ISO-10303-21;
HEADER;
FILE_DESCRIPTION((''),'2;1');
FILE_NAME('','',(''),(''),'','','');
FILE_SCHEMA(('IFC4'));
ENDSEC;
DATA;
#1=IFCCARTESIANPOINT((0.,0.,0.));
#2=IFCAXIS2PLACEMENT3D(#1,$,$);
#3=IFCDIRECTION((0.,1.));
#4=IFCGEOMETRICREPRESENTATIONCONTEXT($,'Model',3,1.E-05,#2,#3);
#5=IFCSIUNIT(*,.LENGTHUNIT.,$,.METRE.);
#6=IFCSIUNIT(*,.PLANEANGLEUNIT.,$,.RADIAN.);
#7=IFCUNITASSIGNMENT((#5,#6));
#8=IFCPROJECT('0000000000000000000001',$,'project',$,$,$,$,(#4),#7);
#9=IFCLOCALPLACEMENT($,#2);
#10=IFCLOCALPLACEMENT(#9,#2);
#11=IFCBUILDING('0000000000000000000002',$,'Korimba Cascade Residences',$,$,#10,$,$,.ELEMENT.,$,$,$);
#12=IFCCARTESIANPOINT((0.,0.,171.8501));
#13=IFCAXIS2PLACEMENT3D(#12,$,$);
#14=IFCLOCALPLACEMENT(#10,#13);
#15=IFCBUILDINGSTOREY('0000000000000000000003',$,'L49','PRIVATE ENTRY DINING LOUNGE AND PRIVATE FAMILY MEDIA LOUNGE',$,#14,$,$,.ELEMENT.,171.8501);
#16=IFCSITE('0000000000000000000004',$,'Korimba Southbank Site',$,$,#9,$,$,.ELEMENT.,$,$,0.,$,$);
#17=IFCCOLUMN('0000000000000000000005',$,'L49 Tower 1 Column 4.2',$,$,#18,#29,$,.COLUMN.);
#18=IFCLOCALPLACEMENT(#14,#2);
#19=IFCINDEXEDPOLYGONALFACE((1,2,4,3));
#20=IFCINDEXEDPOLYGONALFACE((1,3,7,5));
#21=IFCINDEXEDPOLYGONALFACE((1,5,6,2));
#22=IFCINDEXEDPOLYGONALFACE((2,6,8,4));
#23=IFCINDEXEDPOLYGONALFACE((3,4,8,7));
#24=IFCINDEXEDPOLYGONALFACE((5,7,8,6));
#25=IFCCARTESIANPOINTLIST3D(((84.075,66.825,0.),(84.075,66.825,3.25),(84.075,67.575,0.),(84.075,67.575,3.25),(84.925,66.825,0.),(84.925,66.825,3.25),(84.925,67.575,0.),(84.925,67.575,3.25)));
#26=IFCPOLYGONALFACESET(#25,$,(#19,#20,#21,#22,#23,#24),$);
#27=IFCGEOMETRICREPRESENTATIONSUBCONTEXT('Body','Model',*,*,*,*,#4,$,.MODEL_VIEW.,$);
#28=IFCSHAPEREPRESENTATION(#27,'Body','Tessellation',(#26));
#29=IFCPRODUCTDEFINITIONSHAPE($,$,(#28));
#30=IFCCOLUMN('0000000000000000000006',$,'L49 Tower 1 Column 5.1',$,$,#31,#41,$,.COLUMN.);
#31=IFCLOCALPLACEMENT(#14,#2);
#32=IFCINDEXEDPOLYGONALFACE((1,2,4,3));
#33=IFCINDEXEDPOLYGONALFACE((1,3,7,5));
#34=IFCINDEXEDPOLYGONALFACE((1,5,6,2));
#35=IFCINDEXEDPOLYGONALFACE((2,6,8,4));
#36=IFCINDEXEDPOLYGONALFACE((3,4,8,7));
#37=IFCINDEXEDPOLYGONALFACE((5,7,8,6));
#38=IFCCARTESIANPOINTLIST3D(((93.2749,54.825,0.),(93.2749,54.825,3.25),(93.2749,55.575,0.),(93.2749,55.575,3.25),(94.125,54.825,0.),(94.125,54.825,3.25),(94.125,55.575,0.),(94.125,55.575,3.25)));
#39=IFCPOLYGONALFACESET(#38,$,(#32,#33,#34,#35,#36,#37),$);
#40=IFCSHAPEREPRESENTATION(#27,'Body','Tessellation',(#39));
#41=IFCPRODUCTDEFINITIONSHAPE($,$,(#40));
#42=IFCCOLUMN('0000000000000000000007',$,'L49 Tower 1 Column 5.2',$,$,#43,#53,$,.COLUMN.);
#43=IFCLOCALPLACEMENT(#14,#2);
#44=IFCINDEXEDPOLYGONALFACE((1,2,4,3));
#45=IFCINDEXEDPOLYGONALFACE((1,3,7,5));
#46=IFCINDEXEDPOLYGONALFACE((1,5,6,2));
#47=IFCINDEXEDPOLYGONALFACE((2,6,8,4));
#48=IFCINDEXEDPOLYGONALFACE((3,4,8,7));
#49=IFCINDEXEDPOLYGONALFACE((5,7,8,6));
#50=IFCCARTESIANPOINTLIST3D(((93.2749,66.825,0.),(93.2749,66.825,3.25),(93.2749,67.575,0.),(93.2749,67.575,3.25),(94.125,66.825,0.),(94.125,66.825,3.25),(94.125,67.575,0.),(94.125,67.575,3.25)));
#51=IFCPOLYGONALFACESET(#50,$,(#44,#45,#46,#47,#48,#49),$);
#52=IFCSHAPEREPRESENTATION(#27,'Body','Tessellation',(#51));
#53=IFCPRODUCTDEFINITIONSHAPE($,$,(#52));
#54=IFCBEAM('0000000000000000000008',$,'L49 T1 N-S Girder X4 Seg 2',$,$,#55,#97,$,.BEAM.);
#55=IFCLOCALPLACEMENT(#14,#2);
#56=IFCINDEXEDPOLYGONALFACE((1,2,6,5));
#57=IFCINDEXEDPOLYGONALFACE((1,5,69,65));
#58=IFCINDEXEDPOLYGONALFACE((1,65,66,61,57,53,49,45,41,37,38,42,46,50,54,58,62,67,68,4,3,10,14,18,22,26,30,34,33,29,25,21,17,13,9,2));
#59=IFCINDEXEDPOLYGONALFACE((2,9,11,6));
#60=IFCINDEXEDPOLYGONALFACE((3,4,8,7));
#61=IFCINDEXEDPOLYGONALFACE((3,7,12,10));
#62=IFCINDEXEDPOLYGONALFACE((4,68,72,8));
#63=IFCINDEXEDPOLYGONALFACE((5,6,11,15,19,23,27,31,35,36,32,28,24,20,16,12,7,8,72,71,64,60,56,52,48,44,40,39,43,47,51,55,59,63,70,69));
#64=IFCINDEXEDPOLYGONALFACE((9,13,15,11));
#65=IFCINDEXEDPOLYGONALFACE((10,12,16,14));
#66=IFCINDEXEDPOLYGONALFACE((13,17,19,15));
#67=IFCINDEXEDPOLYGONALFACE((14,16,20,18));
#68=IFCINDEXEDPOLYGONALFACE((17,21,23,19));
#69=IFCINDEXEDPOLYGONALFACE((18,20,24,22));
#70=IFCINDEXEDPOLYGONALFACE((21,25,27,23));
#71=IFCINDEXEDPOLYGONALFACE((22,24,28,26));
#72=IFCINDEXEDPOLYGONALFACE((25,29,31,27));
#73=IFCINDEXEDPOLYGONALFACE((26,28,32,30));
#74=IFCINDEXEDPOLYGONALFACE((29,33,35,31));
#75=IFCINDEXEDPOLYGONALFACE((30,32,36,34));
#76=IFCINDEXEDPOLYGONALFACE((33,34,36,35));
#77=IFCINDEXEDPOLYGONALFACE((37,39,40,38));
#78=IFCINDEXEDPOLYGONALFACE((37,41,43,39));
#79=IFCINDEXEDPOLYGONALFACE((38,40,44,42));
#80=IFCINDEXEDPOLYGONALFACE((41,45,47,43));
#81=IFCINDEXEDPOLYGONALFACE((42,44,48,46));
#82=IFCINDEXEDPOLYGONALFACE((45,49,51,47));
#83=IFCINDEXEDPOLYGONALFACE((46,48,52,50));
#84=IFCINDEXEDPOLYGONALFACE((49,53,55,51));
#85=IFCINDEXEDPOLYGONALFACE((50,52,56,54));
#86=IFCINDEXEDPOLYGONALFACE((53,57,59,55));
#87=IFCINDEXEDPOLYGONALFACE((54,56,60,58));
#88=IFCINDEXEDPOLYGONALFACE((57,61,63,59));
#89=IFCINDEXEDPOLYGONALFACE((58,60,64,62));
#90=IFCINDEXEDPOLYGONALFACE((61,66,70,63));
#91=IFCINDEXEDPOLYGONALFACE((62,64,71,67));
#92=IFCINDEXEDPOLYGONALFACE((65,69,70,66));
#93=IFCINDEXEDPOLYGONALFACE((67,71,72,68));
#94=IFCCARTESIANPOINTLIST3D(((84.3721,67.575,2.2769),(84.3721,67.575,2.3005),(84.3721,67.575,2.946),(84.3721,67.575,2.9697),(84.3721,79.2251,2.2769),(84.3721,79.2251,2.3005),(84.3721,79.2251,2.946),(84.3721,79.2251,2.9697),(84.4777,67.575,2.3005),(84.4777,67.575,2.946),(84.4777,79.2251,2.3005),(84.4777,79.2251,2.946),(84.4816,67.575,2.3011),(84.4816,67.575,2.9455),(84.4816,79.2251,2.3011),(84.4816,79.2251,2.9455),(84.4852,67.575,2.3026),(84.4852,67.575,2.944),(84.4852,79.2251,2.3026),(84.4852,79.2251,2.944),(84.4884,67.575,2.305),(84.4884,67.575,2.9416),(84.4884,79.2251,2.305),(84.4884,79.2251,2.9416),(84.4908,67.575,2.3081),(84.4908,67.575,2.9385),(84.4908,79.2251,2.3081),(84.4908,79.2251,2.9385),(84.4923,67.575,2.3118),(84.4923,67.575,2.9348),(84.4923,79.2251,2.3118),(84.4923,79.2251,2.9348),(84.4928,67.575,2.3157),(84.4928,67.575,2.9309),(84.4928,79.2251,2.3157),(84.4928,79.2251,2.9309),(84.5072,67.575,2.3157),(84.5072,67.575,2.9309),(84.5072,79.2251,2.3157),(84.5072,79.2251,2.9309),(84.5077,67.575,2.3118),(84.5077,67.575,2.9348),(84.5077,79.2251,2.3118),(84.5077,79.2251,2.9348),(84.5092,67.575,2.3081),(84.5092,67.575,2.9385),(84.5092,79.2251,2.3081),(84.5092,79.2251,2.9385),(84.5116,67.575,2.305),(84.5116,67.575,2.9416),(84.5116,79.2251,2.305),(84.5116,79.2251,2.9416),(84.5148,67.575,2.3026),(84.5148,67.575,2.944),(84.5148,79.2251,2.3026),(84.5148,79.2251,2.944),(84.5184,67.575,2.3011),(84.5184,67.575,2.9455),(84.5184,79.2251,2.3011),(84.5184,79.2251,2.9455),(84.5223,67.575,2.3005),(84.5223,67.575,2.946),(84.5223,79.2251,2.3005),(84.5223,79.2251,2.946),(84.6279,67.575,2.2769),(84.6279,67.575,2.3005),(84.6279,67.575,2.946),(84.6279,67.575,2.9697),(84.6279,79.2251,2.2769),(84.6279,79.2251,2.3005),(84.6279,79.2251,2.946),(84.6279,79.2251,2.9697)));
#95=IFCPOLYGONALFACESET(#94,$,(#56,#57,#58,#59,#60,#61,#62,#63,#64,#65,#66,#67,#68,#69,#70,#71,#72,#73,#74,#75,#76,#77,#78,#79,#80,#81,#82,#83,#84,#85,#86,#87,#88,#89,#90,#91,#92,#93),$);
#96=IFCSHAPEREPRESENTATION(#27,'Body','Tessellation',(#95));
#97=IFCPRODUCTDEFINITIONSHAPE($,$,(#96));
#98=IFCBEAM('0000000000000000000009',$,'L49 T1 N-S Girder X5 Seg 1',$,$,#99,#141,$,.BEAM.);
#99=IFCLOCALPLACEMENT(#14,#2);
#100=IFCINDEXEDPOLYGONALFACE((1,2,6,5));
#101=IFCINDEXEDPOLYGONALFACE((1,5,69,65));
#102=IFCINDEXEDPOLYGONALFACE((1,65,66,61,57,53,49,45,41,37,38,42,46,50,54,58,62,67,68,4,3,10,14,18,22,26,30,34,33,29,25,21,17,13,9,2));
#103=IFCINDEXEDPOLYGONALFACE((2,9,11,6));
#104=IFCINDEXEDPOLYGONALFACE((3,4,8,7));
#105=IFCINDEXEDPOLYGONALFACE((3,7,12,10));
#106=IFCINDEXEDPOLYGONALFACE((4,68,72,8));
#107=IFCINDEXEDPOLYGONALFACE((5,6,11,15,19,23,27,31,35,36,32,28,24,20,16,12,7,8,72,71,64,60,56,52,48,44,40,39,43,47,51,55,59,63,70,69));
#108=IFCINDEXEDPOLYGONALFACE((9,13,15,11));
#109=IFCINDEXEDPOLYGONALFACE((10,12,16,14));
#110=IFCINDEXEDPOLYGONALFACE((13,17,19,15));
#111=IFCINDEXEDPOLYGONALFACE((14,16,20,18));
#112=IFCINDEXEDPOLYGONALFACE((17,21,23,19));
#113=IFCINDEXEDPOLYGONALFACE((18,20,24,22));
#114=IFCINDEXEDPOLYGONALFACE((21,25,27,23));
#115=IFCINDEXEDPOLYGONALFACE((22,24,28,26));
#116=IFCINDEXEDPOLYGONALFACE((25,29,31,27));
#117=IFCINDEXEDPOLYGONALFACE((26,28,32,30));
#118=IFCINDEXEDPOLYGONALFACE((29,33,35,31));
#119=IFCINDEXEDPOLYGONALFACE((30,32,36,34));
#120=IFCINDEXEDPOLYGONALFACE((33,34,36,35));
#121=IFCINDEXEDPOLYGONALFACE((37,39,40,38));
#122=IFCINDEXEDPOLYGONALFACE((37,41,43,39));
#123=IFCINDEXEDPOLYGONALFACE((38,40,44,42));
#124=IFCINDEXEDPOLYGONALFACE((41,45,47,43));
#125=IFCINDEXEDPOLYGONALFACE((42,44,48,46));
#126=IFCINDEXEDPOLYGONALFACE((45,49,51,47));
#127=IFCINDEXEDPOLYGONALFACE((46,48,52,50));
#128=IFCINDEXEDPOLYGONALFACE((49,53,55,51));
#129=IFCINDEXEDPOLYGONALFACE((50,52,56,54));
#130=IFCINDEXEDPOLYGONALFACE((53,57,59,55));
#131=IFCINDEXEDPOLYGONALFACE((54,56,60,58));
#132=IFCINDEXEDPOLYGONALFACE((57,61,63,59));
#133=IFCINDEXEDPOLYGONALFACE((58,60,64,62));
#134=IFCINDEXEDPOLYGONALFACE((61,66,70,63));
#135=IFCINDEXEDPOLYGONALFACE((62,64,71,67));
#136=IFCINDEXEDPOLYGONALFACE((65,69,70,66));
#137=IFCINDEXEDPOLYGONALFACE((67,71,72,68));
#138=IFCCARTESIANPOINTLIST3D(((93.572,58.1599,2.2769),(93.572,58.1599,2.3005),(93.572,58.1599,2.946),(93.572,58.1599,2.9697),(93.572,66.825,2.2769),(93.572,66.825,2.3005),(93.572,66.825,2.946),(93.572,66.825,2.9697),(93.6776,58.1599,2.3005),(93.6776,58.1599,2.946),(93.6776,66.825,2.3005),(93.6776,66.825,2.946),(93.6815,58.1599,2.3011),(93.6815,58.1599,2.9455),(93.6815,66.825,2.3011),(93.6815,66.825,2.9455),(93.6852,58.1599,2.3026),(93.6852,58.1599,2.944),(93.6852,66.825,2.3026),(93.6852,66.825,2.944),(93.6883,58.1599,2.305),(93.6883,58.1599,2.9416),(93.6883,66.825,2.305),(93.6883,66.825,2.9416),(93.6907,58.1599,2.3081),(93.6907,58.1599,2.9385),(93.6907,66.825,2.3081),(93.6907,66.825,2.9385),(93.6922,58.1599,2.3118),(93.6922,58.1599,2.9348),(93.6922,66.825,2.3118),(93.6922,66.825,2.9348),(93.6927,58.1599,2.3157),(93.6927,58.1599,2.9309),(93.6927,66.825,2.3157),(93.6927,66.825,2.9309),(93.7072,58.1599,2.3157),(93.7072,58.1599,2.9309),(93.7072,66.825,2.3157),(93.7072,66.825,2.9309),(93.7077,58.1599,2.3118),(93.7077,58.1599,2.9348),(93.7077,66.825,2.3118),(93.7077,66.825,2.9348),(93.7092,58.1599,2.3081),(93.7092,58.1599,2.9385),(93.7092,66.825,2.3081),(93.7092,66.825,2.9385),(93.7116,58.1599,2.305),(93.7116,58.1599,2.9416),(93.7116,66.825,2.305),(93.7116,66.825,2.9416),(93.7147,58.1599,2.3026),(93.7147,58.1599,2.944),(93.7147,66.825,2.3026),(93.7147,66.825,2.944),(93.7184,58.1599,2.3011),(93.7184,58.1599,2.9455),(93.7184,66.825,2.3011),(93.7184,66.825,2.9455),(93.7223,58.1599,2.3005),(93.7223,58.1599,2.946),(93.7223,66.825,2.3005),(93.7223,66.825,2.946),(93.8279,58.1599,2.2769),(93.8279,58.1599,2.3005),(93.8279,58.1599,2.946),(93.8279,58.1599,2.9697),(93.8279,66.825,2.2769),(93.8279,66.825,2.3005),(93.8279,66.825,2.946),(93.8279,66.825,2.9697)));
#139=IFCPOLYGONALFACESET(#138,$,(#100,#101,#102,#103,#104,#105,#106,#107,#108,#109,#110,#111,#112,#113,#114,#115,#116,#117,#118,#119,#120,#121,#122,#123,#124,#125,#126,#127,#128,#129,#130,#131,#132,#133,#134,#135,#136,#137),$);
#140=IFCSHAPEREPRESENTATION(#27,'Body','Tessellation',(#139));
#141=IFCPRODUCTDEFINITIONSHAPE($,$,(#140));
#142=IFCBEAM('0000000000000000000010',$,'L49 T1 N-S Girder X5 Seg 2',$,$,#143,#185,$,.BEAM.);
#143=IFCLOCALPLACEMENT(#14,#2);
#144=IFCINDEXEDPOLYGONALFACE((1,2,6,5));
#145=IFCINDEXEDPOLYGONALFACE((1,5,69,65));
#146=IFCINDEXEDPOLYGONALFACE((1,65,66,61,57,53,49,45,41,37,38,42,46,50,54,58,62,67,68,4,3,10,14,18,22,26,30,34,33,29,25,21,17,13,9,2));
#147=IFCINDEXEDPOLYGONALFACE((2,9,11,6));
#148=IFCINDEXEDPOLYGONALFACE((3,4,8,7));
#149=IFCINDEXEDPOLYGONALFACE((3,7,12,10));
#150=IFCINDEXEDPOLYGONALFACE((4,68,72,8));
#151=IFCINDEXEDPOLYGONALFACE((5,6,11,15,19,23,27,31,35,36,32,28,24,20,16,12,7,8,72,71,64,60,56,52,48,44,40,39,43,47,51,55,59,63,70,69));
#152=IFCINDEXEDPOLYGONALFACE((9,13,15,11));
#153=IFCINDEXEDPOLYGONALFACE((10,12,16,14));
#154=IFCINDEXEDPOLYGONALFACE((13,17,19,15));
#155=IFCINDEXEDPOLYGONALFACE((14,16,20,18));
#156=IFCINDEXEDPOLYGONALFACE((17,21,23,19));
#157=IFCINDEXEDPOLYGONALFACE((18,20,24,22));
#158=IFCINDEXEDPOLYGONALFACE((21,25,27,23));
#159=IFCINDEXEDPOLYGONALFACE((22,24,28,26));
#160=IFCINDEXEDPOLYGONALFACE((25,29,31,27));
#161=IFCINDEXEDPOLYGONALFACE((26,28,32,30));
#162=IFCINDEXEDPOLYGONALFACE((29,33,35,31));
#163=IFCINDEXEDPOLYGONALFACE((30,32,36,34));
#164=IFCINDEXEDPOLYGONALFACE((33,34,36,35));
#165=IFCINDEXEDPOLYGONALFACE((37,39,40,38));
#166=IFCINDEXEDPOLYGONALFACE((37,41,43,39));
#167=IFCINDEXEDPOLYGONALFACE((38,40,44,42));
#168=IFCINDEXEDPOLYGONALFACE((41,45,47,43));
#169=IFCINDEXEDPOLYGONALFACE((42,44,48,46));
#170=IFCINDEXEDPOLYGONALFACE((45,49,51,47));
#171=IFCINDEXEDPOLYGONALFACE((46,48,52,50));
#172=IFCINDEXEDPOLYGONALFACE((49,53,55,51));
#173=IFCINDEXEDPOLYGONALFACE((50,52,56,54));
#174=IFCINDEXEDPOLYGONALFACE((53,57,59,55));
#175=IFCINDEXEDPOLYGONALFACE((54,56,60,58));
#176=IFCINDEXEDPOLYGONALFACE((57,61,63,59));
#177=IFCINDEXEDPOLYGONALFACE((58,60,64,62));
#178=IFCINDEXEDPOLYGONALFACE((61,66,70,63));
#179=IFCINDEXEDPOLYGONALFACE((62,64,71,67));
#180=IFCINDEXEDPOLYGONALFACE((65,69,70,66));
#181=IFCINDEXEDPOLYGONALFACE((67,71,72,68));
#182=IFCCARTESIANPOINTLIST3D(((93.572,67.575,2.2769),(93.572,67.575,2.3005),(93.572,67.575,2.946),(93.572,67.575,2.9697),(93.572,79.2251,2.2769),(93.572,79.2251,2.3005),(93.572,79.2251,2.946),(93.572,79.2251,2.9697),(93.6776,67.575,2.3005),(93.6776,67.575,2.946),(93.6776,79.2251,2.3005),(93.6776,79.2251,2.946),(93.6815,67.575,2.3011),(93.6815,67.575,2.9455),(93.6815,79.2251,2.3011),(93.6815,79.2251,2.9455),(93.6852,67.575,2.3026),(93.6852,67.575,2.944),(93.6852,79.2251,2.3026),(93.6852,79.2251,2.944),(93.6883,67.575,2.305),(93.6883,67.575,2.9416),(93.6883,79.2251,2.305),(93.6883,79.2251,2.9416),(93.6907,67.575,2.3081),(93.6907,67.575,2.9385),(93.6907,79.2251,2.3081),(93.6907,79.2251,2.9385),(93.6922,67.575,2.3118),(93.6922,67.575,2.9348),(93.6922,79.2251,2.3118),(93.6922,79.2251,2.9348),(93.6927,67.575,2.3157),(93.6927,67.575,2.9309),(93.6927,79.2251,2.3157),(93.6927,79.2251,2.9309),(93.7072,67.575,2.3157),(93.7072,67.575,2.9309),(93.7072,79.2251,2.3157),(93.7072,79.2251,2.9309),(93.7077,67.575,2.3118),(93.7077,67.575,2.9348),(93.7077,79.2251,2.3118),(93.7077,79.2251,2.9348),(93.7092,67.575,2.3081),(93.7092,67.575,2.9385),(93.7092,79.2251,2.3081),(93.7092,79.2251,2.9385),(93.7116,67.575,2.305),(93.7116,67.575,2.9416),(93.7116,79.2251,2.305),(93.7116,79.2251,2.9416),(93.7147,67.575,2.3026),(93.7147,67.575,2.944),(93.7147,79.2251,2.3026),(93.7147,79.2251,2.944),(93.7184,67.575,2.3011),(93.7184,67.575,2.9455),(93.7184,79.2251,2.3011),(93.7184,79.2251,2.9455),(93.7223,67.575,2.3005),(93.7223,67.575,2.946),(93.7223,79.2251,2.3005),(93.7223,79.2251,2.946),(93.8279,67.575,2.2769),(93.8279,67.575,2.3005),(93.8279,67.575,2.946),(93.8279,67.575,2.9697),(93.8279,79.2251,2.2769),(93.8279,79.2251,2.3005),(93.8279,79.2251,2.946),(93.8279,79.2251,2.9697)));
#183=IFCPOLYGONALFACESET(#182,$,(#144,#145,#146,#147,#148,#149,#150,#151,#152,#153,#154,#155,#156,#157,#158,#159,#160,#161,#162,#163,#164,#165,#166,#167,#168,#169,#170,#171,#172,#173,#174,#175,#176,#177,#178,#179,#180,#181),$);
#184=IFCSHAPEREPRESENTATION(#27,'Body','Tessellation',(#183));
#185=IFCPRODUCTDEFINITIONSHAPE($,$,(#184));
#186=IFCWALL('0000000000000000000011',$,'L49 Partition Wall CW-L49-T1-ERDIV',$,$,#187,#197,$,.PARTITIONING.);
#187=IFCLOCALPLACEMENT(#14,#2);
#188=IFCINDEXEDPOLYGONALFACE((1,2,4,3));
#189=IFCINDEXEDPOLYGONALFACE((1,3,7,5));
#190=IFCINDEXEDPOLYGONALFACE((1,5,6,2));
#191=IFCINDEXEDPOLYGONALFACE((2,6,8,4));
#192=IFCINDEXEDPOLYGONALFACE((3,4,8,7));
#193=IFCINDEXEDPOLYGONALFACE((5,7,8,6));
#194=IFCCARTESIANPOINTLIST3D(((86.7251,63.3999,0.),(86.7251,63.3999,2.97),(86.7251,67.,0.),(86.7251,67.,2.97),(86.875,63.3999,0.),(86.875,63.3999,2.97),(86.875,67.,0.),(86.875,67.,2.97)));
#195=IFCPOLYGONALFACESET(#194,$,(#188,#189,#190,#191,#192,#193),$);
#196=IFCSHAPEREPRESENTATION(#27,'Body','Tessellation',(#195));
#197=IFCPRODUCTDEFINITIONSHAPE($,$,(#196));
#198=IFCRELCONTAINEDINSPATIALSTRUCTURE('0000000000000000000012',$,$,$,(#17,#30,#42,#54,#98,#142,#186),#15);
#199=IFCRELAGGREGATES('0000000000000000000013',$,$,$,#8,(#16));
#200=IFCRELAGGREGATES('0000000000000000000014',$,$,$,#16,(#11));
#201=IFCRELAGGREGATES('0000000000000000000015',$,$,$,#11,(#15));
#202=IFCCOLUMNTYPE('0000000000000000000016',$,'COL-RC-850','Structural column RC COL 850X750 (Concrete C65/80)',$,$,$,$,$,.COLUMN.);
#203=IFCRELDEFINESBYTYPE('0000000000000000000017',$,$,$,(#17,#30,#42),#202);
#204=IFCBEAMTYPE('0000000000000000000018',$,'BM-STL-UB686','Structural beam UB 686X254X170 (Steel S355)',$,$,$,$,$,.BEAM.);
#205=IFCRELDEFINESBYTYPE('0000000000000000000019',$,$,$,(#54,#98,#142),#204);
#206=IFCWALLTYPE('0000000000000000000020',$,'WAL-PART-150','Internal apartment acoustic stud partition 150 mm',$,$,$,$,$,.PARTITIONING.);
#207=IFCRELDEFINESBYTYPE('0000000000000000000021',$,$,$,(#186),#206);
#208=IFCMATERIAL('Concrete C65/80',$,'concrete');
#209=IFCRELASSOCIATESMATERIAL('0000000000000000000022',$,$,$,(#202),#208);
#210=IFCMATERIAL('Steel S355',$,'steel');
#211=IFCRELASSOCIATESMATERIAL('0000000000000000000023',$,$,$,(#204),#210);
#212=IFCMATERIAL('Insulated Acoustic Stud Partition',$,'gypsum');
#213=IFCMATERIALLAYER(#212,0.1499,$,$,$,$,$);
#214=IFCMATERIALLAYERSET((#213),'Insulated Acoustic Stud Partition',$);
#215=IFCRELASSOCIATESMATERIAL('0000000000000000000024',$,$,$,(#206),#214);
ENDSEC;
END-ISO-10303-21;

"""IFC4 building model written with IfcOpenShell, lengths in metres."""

from ifc_helpers import new_model, si_unit, direction, frame, frame_2d, origin, origin_2d, place, context, subcontext, project, spatial, rectangle, i_section, extrude, material, layer, layer_set, material_profile, profile_set, type_object, element, save


model = new_model("IFC4")

# Units and contexts
model_context = context("Model", 3, precision=1e-05, world=origin(), true_north=direction((0.0, 1.0)))
body_context = subcontext(model_context, "Body", "Model", "MODEL_VIEW")
ifc_project = project(units=[si_unit("LENGTHUNIT", "METRE"), si_unit("PLANEANGLEUNIT", "RADIAN")], contexts=[model_context])

# Site, building, storey
site_placement = place(None, origin())
site = spatial("IfcSite", under=ifc_project, at=site_placement, Name="Korimba Southbank Site", CompositionType="ELEMENT", RefElevation=0.0)
building_placement = place(site_placement, origin())
building = spatial("IfcBuilding", under=site, at=building_placement, Name="Korimba Cascade Residences", CompositionType="ELEMENT")
storey_placement = place(building_placement, frame((0.0, 0.0, 171.8501)))
storey = spatial("IfcBuildingStorey", under=building, at=storey_placement, Name="L49", Description="PRIVATE ENTRY DINING LOUNGE AND PRIVATE FAMILY MEDIA LOUNGE", CompositionType="ELEMENT", Elevation=171.8501)

# Columns
ifc_material_1 = material(Name="Concrete C65/80", Category="concrete")
ifc_material_profile_1 = material_profile(ifc_material_1, rectangle(XDim=0.8501, YDim=0.75, at=origin_2d()), Name="Concrete C65/80")
ifc_profile_set_1 = profile_set([ifc_material_profile_1], Name="Concrete C65/80")
column_type = type_object("IfcColumnType", Name="COL-RC-850", Description="Structural column RC COL 850X750 (Concrete C65/80)", PredefinedType="COLUMN", material=ifc_profile_set_1)
for number, where, z_axis, x_axis, name in (
    (1, (84.5, 67.2, 0.0), (0.0, 0.0, 1.0), (1.0, 0.0, 0.0), "L49 Tower 1 Column 4.2"),
    (2, (93.7, 55.2, 0.0), (0.0, 0.0, 1.0), (1.0, 0.0, 0.0), "L49 Tower 1 Column 5.1"),
    (3, (93.7, 67.2, 0.0), (0.0, 0.0, 1.0), (1.0, 0.0, 0.0), "L49 Tower 1 Column 5.2"),
):
    element("IfcColumn", number, at=place(storey_placement, frame(where, z_axis=z_axis, x_axis=x_axis)), inside=storey, type_object=column_type, Name=name, PredefinedType="COLUMN", context=body_context, shape_type="SweptSolid", body=[
        extrude(rectangle(XDim=0.8501, YDim=0.75, at=origin_2d()), origin(), (0.0, 0.0, 1.0), 3.25),
    ])

# Beams
ifc_material_2 = material(Name="Steel S355", Category="steel")
ifc_material_profile_2 = material_profile(ifc_material_2, i_section(OverallWidth=0.2559, OverallDepth=0.6929, WebThickness=0.0144, FlangeThickness=0.0237, FilletRadius=0.0151, at=origin_2d()), Name="Steel S355")
ifc_profile_set_2 = profile_set([ifc_material_profile_2], Name="Steel S355")
beam_type = type_object("IfcBeamType", Name="BM-STL-UB686", Description="Structural beam UB 686X254X170 (Steel S355)", PredefinedType="BEAM", material=ifc_profile_set_2)
beam_1_placement = place(storey_placement, frame((84.5, 67.575, 2.6233), z_axis=(0.0, 1.0, 0.0), x_axis=(-1.0, 0.0, 0.0)))
element("IfcBeam", 4, at=beam_1_placement, inside=storey, type_object=beam_type, Name="L49 T1 N-S Girder X4 Seg 2", PredefinedType="BEAM", context=body_context, shape_type="SweptSolid", body=[
    extrude(i_section(OverallWidth=0.2559, OverallDepth=0.6929, WebThickness=0.0144, FlangeThickness=0.0237, FilletRadius=0.0151, at=origin_2d()), origin(), (0.0, 0.0, 1.0), 11.6501),
])
beam_2_placement = place(storey_placement, frame((93.7, 58.1599, 2.6233), z_axis=(0.0, 1.0, 0.0), x_axis=(-1.0, 0.0, 0.0)))
element("IfcBeam", 5, at=beam_2_placement, inside=storey, type_object=beam_type, Name="L49 T1 N-S Girder X5 Seg 1", PredefinedType="BEAM", context=body_context, shape_type="SweptSolid", body=[
    extrude(i_section(OverallWidth=0.2559, OverallDepth=0.6929, WebThickness=0.0144, FlangeThickness=0.0237, FilletRadius=0.0151, at=origin_2d()), origin(), (0.0, 0.0, 1.0), 8.665),
])
beam_3_placement = place(storey_placement, frame((93.7, 67.575, 2.6233), z_axis=(0.0, 1.0, 0.0), x_axis=(-1.0, 0.0, 0.0)))
element("IfcBeam", 6, at=beam_3_placement, inside=storey, type_object=beam_type, Name="L49 T1 N-S Girder X5 Seg 2", PredefinedType="BEAM", context=body_context, shape_type="SweptSolid", body=[
    extrude(i_section(OverallWidth=0.2559, OverallDepth=0.6929, WebThickness=0.0144, FlangeThickness=0.0237, FilletRadius=0.0151, at=origin_2d()), origin(), (0.0, 0.0, 1.0), 11.6501),
])

# Wall
ifc_material_3 = material(Name="Insulated Acoustic Stud Partition", Category="gypsum")
ifc_layer_1 = layer(ifc_material_3, 0.1499)
ifc_layer_set_1 = layer_set([ifc_layer_1], Name="Insulated Acoustic Stud Partition")
wall_type_1 = type_object("IfcWallType", Name="WAL-PART-150", Description="Internal apartment acoustic stud partition 150 mm", PredefinedType="PARTITIONING", material=ifc_layer_set_1)
for number, where, z_axis, x_axis, name in (
    (7, (86.8, 63.3999, 0.0), (0.0, 0.0, 1.0), (0.0, 1.0, 0.0), "L49 Partition Wall CW-L49-T1-ERDIV"),
):
    element("IfcWall", number, at=place(storey_placement, frame(where, z_axis=z_axis, x_axis=x_axis)), inside=storey, type_object=wall_type_1, Name=name, PredefinedType="PARTITIONING", context=body_context, shape_type="SweptSolid", body=[
        extrude(rectangle(XDim=3.6001, YDim=0.1499, at=frame_2d((1.8, 0.0))), origin(), (0.0, 0.0, 1.0), 2.97),
    ])

save(model, "model.ifc")
